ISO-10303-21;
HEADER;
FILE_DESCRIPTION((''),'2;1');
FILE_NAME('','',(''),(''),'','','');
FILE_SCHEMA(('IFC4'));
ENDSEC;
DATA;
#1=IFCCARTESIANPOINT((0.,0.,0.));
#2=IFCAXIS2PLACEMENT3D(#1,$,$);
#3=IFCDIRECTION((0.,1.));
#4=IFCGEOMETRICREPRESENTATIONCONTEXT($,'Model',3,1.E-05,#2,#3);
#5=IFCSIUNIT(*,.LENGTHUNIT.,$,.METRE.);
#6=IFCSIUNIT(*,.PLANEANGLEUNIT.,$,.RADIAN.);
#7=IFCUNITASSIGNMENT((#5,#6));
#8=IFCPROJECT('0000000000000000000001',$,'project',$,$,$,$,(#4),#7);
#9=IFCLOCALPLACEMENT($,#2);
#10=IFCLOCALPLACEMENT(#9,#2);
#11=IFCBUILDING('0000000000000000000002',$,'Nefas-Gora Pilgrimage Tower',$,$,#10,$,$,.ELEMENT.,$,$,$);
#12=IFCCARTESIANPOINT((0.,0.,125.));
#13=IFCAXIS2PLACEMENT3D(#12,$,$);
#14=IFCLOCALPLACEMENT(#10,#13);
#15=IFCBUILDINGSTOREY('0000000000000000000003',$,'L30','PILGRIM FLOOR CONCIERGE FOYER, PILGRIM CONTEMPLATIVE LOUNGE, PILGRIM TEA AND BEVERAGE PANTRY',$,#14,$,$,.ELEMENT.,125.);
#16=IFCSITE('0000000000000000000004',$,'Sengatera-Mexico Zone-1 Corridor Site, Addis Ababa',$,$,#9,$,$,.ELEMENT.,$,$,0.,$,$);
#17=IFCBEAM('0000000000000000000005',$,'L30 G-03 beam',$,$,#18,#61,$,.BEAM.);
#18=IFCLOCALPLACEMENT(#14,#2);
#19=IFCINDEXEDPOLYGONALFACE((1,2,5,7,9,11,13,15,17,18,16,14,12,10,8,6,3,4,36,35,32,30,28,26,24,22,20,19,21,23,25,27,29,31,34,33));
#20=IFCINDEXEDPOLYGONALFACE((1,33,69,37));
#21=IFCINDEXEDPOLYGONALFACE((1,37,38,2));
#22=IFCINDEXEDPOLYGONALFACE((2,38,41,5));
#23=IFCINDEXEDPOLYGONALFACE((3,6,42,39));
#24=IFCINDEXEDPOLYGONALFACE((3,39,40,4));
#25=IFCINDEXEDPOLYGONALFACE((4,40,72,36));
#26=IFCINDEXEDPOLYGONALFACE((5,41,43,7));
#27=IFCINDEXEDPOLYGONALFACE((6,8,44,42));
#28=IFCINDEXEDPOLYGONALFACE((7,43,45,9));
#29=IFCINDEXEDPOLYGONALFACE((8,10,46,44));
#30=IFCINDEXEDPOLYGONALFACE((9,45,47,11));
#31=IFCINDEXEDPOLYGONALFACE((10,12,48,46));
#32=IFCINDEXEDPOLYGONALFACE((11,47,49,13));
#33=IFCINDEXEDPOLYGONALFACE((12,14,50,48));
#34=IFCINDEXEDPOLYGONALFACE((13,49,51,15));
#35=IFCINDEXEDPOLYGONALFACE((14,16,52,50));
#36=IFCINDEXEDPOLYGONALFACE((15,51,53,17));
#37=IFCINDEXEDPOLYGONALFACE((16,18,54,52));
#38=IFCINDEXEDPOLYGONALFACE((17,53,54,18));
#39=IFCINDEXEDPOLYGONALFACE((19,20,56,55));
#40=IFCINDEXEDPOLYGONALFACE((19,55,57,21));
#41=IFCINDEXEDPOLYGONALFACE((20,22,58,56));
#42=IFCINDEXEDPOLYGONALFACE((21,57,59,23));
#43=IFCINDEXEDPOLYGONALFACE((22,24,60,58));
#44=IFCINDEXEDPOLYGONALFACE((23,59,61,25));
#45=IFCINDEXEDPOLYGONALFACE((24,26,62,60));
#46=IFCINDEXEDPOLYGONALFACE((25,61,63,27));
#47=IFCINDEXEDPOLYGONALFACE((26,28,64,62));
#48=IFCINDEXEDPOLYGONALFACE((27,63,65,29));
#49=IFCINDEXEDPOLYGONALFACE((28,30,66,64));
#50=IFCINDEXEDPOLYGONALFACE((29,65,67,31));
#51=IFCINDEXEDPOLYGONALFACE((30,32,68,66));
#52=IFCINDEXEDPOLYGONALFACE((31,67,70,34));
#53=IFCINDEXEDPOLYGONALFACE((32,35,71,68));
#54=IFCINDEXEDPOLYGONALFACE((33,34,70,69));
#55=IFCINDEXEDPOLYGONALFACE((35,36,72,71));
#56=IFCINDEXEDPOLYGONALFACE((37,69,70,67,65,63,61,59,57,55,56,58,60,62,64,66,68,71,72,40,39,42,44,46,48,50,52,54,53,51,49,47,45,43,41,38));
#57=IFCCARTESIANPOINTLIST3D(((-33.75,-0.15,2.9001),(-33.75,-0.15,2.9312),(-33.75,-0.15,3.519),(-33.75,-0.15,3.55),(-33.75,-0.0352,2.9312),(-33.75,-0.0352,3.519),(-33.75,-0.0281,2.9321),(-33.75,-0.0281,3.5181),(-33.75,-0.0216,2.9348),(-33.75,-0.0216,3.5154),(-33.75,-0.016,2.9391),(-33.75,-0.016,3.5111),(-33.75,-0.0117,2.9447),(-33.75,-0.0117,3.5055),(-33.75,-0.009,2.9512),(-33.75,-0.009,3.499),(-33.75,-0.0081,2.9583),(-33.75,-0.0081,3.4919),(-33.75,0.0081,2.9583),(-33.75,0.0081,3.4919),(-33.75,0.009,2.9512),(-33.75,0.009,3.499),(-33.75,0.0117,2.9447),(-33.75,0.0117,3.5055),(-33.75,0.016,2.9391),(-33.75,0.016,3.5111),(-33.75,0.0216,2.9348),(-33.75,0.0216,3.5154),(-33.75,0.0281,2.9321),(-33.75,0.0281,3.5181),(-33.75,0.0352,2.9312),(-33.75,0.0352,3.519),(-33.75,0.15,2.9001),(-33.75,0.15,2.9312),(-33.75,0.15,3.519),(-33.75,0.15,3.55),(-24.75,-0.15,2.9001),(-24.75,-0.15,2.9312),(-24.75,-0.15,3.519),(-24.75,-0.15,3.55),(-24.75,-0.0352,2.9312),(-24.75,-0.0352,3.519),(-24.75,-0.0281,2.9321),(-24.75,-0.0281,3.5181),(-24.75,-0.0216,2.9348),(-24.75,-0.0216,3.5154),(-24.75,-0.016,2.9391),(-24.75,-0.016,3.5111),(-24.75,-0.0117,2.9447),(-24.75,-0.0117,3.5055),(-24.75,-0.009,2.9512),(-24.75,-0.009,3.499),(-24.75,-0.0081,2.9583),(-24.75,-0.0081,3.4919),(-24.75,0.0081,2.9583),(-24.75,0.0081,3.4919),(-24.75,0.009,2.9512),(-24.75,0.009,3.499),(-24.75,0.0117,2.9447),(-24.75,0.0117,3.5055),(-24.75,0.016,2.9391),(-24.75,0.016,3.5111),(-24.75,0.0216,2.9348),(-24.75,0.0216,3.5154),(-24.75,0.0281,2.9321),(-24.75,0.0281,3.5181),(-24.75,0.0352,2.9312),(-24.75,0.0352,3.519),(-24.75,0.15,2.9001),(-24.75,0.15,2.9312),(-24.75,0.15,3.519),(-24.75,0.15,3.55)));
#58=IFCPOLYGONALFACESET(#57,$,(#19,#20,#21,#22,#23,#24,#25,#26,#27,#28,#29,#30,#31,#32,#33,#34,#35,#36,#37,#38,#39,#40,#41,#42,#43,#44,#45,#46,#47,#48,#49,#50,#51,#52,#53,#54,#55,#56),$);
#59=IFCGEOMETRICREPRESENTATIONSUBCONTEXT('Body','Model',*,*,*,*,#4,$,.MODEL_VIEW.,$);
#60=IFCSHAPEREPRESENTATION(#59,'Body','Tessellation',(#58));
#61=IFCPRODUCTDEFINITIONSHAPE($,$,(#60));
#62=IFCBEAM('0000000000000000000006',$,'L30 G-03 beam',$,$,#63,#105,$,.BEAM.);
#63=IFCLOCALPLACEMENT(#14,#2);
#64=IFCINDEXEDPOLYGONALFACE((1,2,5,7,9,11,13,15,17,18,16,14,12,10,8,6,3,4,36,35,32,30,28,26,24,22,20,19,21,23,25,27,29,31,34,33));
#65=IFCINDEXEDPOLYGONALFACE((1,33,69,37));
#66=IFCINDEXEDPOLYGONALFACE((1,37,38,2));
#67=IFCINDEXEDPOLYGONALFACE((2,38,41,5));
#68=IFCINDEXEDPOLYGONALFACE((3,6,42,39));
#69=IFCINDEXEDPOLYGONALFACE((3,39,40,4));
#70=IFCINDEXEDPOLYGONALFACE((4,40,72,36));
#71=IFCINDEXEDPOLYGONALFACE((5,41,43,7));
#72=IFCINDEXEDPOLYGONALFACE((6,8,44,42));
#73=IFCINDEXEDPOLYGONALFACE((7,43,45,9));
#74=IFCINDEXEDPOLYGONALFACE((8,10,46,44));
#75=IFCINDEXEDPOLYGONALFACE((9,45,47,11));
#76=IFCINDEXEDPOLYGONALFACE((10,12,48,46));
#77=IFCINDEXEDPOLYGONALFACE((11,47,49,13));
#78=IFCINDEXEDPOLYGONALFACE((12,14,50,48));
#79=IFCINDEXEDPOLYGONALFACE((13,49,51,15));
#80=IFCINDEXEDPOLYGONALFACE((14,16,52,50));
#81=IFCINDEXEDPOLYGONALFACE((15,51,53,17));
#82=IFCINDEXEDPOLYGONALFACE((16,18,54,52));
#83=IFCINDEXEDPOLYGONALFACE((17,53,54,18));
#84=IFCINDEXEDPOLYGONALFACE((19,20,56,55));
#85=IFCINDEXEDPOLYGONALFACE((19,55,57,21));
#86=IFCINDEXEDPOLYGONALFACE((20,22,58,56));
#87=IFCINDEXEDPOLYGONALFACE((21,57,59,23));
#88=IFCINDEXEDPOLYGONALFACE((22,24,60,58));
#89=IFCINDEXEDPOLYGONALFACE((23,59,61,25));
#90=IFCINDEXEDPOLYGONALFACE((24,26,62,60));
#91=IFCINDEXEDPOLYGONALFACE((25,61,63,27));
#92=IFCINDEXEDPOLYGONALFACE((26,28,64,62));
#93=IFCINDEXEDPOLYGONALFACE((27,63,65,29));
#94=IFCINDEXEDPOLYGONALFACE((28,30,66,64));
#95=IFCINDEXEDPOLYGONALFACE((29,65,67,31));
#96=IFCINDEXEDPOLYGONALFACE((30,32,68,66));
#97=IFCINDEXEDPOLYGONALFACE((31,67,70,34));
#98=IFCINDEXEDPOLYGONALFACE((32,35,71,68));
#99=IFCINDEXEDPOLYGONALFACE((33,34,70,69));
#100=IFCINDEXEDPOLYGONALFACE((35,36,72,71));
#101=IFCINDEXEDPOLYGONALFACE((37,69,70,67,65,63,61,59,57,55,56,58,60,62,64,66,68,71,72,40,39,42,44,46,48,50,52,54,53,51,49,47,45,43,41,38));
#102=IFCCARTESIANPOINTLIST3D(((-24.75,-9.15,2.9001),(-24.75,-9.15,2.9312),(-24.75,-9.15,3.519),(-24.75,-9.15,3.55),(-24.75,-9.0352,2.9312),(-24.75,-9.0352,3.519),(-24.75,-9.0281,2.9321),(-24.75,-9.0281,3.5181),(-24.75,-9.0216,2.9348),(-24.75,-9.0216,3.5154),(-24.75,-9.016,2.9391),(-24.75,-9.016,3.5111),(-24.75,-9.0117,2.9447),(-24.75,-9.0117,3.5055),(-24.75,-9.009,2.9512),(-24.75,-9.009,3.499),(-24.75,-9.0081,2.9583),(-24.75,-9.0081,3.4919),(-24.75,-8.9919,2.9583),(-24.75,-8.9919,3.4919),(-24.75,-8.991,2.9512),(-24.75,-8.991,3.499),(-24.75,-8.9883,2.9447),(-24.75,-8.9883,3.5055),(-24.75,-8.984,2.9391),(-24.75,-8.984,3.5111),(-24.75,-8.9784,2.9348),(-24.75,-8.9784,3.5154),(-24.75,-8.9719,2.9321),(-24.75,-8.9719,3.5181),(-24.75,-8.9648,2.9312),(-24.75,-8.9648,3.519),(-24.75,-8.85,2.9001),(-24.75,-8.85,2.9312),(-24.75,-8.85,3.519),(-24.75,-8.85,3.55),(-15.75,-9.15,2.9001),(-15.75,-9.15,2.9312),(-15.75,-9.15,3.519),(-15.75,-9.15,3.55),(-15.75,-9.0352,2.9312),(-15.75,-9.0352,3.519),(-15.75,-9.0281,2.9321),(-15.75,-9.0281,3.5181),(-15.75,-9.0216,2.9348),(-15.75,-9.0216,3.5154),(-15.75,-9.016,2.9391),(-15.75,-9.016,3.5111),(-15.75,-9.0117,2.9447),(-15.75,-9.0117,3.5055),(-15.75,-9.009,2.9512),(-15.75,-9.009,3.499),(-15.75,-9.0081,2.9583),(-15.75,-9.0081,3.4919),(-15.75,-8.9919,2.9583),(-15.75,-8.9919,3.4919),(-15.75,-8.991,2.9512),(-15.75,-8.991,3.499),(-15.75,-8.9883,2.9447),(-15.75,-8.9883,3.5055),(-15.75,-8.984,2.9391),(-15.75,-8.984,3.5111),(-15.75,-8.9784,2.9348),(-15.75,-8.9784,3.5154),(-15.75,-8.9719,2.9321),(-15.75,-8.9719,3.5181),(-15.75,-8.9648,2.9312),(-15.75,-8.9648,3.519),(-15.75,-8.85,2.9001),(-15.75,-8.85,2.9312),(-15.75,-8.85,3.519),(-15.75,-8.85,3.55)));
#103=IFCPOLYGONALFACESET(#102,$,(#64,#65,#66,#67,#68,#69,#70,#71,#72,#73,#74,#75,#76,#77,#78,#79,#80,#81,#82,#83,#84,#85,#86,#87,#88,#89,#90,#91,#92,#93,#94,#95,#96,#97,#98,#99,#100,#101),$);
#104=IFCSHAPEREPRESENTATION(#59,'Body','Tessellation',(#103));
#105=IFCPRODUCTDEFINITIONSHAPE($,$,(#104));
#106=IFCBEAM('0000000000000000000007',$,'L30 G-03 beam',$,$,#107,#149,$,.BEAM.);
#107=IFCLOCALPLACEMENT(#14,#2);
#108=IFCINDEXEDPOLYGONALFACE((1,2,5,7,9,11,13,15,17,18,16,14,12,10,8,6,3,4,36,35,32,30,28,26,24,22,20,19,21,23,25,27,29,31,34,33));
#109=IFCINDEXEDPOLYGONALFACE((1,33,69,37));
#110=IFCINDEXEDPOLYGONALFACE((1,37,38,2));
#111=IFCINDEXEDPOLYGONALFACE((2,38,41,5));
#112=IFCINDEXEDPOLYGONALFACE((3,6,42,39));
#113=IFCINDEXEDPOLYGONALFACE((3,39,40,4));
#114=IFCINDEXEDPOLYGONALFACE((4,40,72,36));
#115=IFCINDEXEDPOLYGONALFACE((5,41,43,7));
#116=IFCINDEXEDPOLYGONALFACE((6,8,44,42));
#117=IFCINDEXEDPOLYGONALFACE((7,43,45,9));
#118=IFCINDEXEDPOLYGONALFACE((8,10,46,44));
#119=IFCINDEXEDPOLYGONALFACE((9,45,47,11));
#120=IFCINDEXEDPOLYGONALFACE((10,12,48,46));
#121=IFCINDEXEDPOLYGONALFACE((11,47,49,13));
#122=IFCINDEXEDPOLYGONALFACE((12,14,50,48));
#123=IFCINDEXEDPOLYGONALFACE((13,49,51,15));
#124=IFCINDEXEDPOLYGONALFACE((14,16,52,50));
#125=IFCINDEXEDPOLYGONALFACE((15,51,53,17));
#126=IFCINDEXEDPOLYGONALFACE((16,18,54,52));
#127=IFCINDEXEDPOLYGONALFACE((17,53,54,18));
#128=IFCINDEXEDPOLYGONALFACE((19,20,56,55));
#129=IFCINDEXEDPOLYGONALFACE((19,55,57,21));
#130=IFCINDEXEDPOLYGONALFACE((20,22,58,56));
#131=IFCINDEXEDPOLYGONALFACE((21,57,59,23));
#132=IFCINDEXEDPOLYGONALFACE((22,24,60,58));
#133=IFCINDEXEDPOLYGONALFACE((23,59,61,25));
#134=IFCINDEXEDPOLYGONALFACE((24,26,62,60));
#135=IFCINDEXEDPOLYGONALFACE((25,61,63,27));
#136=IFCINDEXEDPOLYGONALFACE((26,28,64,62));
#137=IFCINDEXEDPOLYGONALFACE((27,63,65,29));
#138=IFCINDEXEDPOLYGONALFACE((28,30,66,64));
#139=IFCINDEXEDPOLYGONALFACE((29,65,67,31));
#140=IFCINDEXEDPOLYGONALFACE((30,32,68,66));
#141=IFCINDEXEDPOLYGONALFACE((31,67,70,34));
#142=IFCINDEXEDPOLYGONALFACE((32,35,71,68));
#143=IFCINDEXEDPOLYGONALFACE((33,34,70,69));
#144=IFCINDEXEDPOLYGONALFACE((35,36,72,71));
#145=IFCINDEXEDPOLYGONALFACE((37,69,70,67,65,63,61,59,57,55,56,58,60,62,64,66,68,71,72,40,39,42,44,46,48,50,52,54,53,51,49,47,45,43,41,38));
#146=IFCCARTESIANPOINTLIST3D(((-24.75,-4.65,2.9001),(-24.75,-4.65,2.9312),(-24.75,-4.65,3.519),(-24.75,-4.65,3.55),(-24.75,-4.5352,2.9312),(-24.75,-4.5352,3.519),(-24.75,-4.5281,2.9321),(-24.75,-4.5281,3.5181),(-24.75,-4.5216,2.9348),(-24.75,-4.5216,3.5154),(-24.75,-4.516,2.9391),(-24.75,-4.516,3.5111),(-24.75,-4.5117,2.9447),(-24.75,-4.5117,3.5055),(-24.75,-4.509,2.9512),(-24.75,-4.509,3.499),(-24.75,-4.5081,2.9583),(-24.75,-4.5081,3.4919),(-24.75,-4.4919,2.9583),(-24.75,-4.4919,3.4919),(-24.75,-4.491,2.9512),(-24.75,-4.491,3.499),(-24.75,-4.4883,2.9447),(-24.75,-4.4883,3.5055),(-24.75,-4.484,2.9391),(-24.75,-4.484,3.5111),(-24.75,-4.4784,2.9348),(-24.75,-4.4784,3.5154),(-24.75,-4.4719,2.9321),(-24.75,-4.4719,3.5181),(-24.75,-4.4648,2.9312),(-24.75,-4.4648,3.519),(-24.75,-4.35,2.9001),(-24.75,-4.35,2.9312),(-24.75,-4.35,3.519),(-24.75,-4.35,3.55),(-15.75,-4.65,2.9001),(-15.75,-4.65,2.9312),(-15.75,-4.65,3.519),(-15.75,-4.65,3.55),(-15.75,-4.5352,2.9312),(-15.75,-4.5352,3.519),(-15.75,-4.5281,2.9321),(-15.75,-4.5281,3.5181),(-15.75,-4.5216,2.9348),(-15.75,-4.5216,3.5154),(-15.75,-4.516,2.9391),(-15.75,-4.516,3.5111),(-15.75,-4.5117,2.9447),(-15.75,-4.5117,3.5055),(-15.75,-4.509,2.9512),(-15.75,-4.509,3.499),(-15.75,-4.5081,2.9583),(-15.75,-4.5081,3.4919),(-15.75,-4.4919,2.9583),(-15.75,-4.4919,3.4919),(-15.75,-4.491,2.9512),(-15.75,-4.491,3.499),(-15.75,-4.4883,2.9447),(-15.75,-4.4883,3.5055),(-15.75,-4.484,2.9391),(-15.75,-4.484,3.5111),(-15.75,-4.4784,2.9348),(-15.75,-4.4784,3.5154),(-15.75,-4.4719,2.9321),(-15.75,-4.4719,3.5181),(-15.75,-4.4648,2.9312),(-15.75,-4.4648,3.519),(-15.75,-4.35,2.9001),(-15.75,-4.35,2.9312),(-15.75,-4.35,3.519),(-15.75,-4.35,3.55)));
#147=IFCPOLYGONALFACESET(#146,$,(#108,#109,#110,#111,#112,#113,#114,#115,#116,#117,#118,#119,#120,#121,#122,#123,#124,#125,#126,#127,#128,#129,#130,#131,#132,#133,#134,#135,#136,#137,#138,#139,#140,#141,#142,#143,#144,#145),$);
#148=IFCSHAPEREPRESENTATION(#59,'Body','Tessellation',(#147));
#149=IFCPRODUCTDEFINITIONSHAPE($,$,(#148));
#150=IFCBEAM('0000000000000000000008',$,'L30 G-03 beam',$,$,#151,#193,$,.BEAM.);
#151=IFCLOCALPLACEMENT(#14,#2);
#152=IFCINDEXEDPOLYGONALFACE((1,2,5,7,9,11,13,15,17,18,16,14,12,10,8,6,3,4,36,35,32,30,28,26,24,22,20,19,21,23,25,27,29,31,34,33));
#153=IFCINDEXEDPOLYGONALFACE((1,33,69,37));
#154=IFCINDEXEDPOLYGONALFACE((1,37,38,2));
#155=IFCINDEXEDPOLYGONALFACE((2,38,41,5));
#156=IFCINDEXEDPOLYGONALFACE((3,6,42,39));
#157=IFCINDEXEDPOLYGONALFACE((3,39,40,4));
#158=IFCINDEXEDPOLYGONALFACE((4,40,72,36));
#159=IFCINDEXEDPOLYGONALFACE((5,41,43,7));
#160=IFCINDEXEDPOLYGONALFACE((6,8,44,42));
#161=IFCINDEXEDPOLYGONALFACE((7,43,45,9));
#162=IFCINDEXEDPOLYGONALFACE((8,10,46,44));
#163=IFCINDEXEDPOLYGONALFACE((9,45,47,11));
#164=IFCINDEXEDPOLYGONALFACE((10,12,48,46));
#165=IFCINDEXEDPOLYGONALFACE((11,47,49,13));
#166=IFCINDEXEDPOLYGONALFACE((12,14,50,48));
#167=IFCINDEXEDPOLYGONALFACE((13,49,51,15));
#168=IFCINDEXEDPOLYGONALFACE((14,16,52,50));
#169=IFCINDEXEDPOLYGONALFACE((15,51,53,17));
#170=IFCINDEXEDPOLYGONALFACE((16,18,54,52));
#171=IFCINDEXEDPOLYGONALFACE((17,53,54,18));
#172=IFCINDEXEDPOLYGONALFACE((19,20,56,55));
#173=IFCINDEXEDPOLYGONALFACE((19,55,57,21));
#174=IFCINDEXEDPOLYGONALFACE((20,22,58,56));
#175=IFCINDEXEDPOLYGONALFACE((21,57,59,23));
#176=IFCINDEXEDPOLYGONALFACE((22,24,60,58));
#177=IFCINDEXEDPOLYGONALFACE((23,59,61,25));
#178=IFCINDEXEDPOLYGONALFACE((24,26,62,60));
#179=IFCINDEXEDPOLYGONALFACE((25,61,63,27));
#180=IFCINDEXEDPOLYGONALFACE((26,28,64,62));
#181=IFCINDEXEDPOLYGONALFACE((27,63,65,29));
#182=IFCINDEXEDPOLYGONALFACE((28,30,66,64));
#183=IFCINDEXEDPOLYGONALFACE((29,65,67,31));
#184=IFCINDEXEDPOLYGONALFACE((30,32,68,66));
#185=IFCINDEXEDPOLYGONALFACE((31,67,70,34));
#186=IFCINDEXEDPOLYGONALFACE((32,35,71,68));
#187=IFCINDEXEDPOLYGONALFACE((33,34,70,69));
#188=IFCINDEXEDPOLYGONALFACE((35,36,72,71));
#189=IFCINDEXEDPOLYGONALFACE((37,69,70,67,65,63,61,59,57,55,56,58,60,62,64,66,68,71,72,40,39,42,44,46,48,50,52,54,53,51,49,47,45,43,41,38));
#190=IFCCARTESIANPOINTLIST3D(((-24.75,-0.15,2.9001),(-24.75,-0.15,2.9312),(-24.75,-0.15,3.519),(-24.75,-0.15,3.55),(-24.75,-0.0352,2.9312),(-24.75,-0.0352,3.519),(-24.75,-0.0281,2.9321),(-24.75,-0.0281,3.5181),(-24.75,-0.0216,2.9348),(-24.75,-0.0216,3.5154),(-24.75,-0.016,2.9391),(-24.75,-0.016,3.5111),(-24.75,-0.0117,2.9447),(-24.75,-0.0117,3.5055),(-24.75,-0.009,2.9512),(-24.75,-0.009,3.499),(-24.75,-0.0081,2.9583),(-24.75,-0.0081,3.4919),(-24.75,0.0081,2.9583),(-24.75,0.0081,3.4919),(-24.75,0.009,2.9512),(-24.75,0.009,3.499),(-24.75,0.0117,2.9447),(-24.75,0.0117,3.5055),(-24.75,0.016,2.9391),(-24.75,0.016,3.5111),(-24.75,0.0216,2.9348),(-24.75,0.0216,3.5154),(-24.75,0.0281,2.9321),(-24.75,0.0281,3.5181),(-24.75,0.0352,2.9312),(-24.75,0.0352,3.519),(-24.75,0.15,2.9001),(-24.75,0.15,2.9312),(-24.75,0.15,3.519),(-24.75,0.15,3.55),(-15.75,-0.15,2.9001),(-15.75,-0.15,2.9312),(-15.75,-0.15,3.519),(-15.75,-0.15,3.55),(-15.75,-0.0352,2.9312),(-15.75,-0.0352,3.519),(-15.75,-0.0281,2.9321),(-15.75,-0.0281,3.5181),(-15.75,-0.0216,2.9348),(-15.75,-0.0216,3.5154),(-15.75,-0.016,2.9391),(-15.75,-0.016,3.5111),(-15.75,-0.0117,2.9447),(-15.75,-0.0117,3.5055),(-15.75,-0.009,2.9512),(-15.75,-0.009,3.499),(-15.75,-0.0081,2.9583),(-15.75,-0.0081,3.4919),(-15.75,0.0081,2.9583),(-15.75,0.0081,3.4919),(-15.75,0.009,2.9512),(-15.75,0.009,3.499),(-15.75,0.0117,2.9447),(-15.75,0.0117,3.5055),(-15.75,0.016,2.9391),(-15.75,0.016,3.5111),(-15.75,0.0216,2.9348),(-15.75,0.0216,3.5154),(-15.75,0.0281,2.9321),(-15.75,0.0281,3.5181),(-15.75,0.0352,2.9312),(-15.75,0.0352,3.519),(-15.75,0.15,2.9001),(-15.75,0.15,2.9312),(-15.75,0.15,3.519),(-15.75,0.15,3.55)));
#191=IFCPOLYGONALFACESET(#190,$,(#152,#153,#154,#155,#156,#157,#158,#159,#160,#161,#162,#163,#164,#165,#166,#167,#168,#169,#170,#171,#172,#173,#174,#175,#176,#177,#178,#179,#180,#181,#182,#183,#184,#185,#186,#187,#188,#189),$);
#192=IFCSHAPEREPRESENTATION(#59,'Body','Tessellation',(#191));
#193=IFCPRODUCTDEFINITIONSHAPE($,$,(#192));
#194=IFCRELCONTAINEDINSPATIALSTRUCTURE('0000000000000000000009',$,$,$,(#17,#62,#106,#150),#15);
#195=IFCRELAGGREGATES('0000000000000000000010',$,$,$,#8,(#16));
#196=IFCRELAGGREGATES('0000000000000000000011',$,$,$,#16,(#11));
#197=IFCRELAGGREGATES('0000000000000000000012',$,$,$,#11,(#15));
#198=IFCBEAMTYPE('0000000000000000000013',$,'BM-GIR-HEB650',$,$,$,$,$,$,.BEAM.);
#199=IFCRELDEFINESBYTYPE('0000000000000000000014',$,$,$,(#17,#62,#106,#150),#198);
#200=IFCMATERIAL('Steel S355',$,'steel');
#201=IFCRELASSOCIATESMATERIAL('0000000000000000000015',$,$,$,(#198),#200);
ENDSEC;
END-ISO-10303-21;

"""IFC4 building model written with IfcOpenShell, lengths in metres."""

from ifc_helpers import new_model, si_unit, direction, frame, origin, origin_2d, place, context, subcontext, project, spatial, i_section, extrude, source, transform, mapped, material, material_profile, profile_set, type_object, element, save


model = new_model("IFC4")

# Units and contexts
model_context = context("Model", 3, precision=1e-05, world=origin(), true_north=direction((0.0, 1.0)))
body_context = subcontext(model_context, "Body", "Model", "MODEL_VIEW")
ifc_project = project(units=[si_unit("LENGTHUNIT", "METRE"), si_unit("PLANEANGLEUNIT", "RADIAN")], contexts=[model_context])

# Site, building, storey
site_placement = place(None, origin())
site = spatial("IfcSite", under=ifc_project, at=site_placement, Name="Sengatera-Mexico Zone-1 Corridor Site, Addis Ababa", CompositionType="ELEMENT", RefElevation=0.0)
building_placement = place(site_placement, origin())
building = spatial("IfcBuilding", under=site, at=building_placement, Name="Nefas-Gora Pilgrimage Tower", CompositionType="ELEMENT")
storey_placement = place(building_placement, frame((0.0, 0.0, 125.0)))
storey = spatial("IfcBuildingStorey", under=building, at=storey_placement, Name="L30", Description="PILGRIM FLOOR CONCIERGE FOYER, PILGRIM CONTEMPLATIVE LOUNGE, PILGRIM TEA AND BEVERAGE PANTRY", CompositionType="ELEMENT", Elevation=125.0)

# Beams
ifc_material_1 = material(Name="Steel S355", Category="steel")
ifc_material_profile_1 = material_profile(ifc_material_1, i_section(OverallWidth=0.3, OverallDepth=0.6499, WebThickness=0.0161, FlangeThickness=0.031, FilletRadius=0.0271, at=origin_2d()), Name="HEB 650")
ifc_profile_set_1 = profile_set([ifc_material_profile_1], Name="Steel S355")
beam_type_1 = type_object("IfcBeamType", Name="BM-GIR-HEB650", PredefinedType="BEAM", material=ifc_profile_set_1)
shared_shape_1 = source(origin(), body_context, "Body", "SweptSolid", [
    extrude(i_section(OverallWidth=0.3, OverallDepth=0.6499, WebThickness=0.0161, FlangeThickness=0.031, FilletRadius=0.0271, at=origin_2d()), origin(), (0.0, 0.0, 1.0), 9.0),
])
for number, where, z_axis, x_axis, name in (
    (1, (-33.75, 0.0, 3.2251), (1.0, 0.0, 0.0), (0.0, 1.0, 0.0), "L30 G-03 beam"),
    (2, (-24.75, -9.0, 3.2251), (1.0, 0.0, 0.0), (0.0, 1.0, 0.0), "L30 G-03 beam"),
    (3, (-24.75, -4.5, 3.2251), (1.0, 0.0, 0.0), (0.0, 1.0, 0.0), "L30 G-03 beam"),
    (4, (-24.75, 0.0, 3.2251), (1.0, 0.0, 0.0), (0.0, 1.0, 0.0), "L30 G-03 beam"),
):
    element("IfcBeam", number, at=place(storey_placement, frame(where, z_axis=z_axis, x_axis=x_axis)), inside=storey, type_object=beam_type_1, Name=name, PredefinedType="BEAM", context=body_context, shape_type="MappedRepresentation", body=[
        mapped(shared_shape_1, transform((0.0, 0.0, 0.0), x_axis=(1.0, 0.0, 0.0), y_axis=(0.0, 1.0, 0.0), z_axis=(0.0, 0.0, 1.0), scale=1.0)),
    ])

save(model, "model.ifc")
